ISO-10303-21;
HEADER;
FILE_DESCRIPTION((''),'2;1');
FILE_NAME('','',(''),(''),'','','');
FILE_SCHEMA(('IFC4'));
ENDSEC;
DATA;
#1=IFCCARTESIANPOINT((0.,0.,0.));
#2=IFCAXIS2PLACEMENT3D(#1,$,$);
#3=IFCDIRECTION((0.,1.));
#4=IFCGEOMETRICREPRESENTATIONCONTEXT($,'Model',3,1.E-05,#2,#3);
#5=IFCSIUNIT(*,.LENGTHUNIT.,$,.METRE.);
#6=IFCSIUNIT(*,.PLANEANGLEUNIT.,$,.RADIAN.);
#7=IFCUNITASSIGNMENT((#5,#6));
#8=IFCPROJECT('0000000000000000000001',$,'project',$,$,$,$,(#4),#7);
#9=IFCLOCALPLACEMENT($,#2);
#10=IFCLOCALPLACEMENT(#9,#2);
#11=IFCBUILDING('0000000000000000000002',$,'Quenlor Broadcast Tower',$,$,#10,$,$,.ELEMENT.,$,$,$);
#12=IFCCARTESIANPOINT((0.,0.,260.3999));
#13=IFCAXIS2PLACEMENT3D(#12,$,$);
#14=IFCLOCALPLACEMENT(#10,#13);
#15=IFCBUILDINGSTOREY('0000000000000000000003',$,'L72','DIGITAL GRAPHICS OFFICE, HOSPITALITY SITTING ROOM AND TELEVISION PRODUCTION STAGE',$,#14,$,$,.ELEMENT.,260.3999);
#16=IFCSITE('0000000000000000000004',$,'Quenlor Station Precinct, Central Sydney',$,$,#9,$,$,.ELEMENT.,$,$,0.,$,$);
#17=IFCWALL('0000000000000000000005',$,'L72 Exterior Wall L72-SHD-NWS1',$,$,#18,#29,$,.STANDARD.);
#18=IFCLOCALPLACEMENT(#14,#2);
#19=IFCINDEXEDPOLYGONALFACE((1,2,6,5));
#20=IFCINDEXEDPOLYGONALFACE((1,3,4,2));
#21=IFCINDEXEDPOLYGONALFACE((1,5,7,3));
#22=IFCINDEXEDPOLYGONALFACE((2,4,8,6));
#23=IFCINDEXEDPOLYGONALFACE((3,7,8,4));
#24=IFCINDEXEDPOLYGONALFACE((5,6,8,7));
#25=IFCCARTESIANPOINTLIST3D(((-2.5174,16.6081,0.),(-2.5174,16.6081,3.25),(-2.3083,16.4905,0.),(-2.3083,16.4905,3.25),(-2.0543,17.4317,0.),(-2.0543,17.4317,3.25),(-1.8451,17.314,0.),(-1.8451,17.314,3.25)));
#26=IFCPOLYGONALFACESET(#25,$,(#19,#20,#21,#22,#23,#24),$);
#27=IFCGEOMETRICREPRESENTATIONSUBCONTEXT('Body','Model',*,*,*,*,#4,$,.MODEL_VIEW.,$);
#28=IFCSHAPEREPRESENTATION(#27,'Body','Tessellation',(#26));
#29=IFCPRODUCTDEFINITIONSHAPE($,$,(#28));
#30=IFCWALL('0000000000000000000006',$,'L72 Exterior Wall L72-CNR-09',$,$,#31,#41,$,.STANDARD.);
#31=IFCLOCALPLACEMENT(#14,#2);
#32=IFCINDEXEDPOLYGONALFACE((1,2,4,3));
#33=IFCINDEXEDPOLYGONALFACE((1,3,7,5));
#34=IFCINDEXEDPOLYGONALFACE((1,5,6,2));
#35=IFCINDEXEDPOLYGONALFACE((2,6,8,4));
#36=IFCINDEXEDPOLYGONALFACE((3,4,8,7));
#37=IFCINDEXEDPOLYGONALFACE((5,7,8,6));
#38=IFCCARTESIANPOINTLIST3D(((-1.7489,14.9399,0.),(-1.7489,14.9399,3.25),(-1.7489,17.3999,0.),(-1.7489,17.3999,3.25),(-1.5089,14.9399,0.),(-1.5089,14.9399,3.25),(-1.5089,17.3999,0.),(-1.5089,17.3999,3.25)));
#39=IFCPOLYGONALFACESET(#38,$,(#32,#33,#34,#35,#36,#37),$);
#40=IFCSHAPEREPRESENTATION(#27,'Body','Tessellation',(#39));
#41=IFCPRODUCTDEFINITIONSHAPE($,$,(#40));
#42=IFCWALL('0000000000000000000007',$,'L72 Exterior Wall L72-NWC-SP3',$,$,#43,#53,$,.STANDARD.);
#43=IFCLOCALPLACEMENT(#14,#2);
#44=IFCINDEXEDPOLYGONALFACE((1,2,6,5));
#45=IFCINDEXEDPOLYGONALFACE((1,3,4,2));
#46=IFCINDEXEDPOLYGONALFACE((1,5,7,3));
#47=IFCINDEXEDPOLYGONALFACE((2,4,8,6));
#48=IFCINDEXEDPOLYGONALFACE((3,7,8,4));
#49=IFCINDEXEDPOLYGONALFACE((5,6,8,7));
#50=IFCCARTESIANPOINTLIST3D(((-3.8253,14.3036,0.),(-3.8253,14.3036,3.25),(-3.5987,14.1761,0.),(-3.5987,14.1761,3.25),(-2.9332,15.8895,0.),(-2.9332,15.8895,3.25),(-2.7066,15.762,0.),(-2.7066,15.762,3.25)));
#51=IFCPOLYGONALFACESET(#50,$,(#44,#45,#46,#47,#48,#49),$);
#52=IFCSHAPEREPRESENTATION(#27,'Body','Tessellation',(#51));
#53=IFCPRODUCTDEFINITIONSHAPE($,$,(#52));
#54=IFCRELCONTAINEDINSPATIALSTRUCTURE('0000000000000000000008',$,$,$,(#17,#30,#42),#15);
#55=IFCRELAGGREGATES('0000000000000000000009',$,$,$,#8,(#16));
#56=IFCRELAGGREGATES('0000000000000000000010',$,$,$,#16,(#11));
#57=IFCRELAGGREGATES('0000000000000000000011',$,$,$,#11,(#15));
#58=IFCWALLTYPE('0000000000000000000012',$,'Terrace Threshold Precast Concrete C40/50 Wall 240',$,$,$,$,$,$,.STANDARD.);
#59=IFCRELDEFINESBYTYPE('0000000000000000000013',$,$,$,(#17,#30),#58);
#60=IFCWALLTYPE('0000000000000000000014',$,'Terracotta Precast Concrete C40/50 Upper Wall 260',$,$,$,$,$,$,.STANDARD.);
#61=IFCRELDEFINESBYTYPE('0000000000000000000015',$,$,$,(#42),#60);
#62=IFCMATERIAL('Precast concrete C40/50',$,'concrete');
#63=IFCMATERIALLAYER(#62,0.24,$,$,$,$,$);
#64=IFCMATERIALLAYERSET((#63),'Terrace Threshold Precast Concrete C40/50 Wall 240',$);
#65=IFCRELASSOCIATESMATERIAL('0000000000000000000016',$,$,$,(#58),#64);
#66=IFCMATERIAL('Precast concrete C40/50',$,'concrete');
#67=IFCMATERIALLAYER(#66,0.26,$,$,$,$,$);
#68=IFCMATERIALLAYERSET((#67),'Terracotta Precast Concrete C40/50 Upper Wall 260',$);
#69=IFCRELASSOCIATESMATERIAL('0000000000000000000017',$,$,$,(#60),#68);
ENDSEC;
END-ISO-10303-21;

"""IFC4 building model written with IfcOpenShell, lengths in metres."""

from ifc_helpers import new_model, si_unit, direction, frame, frame_2d, origin, place, context, subcontext, project, spatial, rectangle, extrude, material, layer, layer_set, type_object, element, save


model = new_model("IFC4")

# Units and contexts
model_context = context("Model", 3, precision=1e-05, world=origin(), true_north=direction((0.0, 1.0)))
body_context = subcontext(model_context, "Body", "Model", "MODEL_VIEW")
ifc_project = project(units=[si_unit("LENGTHUNIT", "METRE"), si_unit("PLANEANGLEUNIT", "RADIAN")], contexts=[model_context])

# Site, building, storey
site_placement = place(None, origin())
site = spatial("IfcSite", under=ifc_project, at=site_placement, Name="Quenlor Station Precinct, Central Sydney", CompositionType="ELEMENT", RefElevation=0.0)
building_placement = place(site_placement, origin())
building = spatial("IfcBuilding", under=site, at=building_placement, Name="Quenlor Broadcast Tower", CompositionType="ELEMENT")
storey_placement = place(building_placement, frame((0.0, 0.0, 260.3999)))
storey = spatial("IfcBuildingStorey", under=building, at=storey_placement, Name="L72", Description="DIGITAL GRAPHICS OFFICE, HOSPITALITY SITTING ROOM AND TELEVISION PRODUCTION STAGE", CompositionType="ELEMENT", Elevation=260.3999)

# Walls
ifc_material_1 = material(Name="Precast concrete C40/50", Category="concrete")
ifc_layer_1 = layer(ifc_material_1, 0.24)
ifc_layer_set_1 = layer_set([ifc_layer_1], Name="Terrace Threshold Precast Concrete C40/50 Wall 240")
wall_type_1 = type_object("IfcWallType", Name="Terrace Threshold Precast Concrete C40/50 Wall 240", PredefinedType="STANDARD", material=ifc_layer_set_1)
wall_1_placement = place(storey_placement, frame((-2.4128, 16.5493, 0.0), z_axis=(0.0, 0.0, 1.0), x_axis=(0.4902, 0.87161, 0.0)))
element("IfcWall", 1, at=wall_1_placement, inside=storey, type_object=wall_type_1, Name="L72 Exterior Wall L72-SHD-NWS1", PredefinedType="STANDARD", context=body_context, shape_type="SweptSolid", body=[
    extrude(rectangle(XDim=0.9448, YDim=0.24, at=frame_2d((0.4724, 0.0))), origin(), (0.0, 0.0, 1.0), 3.25),
])
wall_2_placement = place(storey_placement, frame((-1.6289, 14.9399, 0.0), z_axis=(0.0, 0.0, 1.0), x_axis=(0.0, 1.0, 0.0)))
element("IfcWall", 2, at=wall_2_placement, inside=storey, type_object=wall_type_1, Name="L72 Exterior Wall L72-CNR-09", PredefinedType="STANDARD", context=body_context, shape_type="SweptSolid", body=[
    extrude(rectangle(XDim=2.46, YDim=0.24, at=frame_2d((1.23, 0.0))), origin(), (0.0, 0.0, 1.0), 3.25),
])
ifc_material_2 = material(Name="Precast concrete C40/50", Category="concrete")
ifc_layer_2 = layer(ifc_material_2, 0.26)
ifc_layer_set_2 = layer_set([ifc_layer_2], Name="Terracotta Precast Concrete C40/50 Upper Wall 260")
wall_type_2 = type_object("IfcWallType", Name="Terracotta Precast Concrete C40/50 Upper Wall 260", PredefinedType="STANDARD", material=ifc_layer_set_2)
wall_3_placement = place(storey_placement, frame((-3.7119, 14.24, 0.0), z_axis=(0.0, 0.0, 1.0), x_axis=(0.490261, 0.871576, 0.0)))
element("IfcWall", 3, at=wall_3_placement, inside=storey, type_object=wall_type_2, Name="L72 Exterior Wall L72-NWC-SP3", PredefinedType="STANDARD", context=body_context, shape_type="SweptSolid", body=[
    extrude(rectangle(XDim=1.8196, YDim=0.26, at=frame_2d((0.9097, 0.0))), origin(), (0.0, 0.0, 1.0), 3.25),
])

save(model, "model.ifc")
